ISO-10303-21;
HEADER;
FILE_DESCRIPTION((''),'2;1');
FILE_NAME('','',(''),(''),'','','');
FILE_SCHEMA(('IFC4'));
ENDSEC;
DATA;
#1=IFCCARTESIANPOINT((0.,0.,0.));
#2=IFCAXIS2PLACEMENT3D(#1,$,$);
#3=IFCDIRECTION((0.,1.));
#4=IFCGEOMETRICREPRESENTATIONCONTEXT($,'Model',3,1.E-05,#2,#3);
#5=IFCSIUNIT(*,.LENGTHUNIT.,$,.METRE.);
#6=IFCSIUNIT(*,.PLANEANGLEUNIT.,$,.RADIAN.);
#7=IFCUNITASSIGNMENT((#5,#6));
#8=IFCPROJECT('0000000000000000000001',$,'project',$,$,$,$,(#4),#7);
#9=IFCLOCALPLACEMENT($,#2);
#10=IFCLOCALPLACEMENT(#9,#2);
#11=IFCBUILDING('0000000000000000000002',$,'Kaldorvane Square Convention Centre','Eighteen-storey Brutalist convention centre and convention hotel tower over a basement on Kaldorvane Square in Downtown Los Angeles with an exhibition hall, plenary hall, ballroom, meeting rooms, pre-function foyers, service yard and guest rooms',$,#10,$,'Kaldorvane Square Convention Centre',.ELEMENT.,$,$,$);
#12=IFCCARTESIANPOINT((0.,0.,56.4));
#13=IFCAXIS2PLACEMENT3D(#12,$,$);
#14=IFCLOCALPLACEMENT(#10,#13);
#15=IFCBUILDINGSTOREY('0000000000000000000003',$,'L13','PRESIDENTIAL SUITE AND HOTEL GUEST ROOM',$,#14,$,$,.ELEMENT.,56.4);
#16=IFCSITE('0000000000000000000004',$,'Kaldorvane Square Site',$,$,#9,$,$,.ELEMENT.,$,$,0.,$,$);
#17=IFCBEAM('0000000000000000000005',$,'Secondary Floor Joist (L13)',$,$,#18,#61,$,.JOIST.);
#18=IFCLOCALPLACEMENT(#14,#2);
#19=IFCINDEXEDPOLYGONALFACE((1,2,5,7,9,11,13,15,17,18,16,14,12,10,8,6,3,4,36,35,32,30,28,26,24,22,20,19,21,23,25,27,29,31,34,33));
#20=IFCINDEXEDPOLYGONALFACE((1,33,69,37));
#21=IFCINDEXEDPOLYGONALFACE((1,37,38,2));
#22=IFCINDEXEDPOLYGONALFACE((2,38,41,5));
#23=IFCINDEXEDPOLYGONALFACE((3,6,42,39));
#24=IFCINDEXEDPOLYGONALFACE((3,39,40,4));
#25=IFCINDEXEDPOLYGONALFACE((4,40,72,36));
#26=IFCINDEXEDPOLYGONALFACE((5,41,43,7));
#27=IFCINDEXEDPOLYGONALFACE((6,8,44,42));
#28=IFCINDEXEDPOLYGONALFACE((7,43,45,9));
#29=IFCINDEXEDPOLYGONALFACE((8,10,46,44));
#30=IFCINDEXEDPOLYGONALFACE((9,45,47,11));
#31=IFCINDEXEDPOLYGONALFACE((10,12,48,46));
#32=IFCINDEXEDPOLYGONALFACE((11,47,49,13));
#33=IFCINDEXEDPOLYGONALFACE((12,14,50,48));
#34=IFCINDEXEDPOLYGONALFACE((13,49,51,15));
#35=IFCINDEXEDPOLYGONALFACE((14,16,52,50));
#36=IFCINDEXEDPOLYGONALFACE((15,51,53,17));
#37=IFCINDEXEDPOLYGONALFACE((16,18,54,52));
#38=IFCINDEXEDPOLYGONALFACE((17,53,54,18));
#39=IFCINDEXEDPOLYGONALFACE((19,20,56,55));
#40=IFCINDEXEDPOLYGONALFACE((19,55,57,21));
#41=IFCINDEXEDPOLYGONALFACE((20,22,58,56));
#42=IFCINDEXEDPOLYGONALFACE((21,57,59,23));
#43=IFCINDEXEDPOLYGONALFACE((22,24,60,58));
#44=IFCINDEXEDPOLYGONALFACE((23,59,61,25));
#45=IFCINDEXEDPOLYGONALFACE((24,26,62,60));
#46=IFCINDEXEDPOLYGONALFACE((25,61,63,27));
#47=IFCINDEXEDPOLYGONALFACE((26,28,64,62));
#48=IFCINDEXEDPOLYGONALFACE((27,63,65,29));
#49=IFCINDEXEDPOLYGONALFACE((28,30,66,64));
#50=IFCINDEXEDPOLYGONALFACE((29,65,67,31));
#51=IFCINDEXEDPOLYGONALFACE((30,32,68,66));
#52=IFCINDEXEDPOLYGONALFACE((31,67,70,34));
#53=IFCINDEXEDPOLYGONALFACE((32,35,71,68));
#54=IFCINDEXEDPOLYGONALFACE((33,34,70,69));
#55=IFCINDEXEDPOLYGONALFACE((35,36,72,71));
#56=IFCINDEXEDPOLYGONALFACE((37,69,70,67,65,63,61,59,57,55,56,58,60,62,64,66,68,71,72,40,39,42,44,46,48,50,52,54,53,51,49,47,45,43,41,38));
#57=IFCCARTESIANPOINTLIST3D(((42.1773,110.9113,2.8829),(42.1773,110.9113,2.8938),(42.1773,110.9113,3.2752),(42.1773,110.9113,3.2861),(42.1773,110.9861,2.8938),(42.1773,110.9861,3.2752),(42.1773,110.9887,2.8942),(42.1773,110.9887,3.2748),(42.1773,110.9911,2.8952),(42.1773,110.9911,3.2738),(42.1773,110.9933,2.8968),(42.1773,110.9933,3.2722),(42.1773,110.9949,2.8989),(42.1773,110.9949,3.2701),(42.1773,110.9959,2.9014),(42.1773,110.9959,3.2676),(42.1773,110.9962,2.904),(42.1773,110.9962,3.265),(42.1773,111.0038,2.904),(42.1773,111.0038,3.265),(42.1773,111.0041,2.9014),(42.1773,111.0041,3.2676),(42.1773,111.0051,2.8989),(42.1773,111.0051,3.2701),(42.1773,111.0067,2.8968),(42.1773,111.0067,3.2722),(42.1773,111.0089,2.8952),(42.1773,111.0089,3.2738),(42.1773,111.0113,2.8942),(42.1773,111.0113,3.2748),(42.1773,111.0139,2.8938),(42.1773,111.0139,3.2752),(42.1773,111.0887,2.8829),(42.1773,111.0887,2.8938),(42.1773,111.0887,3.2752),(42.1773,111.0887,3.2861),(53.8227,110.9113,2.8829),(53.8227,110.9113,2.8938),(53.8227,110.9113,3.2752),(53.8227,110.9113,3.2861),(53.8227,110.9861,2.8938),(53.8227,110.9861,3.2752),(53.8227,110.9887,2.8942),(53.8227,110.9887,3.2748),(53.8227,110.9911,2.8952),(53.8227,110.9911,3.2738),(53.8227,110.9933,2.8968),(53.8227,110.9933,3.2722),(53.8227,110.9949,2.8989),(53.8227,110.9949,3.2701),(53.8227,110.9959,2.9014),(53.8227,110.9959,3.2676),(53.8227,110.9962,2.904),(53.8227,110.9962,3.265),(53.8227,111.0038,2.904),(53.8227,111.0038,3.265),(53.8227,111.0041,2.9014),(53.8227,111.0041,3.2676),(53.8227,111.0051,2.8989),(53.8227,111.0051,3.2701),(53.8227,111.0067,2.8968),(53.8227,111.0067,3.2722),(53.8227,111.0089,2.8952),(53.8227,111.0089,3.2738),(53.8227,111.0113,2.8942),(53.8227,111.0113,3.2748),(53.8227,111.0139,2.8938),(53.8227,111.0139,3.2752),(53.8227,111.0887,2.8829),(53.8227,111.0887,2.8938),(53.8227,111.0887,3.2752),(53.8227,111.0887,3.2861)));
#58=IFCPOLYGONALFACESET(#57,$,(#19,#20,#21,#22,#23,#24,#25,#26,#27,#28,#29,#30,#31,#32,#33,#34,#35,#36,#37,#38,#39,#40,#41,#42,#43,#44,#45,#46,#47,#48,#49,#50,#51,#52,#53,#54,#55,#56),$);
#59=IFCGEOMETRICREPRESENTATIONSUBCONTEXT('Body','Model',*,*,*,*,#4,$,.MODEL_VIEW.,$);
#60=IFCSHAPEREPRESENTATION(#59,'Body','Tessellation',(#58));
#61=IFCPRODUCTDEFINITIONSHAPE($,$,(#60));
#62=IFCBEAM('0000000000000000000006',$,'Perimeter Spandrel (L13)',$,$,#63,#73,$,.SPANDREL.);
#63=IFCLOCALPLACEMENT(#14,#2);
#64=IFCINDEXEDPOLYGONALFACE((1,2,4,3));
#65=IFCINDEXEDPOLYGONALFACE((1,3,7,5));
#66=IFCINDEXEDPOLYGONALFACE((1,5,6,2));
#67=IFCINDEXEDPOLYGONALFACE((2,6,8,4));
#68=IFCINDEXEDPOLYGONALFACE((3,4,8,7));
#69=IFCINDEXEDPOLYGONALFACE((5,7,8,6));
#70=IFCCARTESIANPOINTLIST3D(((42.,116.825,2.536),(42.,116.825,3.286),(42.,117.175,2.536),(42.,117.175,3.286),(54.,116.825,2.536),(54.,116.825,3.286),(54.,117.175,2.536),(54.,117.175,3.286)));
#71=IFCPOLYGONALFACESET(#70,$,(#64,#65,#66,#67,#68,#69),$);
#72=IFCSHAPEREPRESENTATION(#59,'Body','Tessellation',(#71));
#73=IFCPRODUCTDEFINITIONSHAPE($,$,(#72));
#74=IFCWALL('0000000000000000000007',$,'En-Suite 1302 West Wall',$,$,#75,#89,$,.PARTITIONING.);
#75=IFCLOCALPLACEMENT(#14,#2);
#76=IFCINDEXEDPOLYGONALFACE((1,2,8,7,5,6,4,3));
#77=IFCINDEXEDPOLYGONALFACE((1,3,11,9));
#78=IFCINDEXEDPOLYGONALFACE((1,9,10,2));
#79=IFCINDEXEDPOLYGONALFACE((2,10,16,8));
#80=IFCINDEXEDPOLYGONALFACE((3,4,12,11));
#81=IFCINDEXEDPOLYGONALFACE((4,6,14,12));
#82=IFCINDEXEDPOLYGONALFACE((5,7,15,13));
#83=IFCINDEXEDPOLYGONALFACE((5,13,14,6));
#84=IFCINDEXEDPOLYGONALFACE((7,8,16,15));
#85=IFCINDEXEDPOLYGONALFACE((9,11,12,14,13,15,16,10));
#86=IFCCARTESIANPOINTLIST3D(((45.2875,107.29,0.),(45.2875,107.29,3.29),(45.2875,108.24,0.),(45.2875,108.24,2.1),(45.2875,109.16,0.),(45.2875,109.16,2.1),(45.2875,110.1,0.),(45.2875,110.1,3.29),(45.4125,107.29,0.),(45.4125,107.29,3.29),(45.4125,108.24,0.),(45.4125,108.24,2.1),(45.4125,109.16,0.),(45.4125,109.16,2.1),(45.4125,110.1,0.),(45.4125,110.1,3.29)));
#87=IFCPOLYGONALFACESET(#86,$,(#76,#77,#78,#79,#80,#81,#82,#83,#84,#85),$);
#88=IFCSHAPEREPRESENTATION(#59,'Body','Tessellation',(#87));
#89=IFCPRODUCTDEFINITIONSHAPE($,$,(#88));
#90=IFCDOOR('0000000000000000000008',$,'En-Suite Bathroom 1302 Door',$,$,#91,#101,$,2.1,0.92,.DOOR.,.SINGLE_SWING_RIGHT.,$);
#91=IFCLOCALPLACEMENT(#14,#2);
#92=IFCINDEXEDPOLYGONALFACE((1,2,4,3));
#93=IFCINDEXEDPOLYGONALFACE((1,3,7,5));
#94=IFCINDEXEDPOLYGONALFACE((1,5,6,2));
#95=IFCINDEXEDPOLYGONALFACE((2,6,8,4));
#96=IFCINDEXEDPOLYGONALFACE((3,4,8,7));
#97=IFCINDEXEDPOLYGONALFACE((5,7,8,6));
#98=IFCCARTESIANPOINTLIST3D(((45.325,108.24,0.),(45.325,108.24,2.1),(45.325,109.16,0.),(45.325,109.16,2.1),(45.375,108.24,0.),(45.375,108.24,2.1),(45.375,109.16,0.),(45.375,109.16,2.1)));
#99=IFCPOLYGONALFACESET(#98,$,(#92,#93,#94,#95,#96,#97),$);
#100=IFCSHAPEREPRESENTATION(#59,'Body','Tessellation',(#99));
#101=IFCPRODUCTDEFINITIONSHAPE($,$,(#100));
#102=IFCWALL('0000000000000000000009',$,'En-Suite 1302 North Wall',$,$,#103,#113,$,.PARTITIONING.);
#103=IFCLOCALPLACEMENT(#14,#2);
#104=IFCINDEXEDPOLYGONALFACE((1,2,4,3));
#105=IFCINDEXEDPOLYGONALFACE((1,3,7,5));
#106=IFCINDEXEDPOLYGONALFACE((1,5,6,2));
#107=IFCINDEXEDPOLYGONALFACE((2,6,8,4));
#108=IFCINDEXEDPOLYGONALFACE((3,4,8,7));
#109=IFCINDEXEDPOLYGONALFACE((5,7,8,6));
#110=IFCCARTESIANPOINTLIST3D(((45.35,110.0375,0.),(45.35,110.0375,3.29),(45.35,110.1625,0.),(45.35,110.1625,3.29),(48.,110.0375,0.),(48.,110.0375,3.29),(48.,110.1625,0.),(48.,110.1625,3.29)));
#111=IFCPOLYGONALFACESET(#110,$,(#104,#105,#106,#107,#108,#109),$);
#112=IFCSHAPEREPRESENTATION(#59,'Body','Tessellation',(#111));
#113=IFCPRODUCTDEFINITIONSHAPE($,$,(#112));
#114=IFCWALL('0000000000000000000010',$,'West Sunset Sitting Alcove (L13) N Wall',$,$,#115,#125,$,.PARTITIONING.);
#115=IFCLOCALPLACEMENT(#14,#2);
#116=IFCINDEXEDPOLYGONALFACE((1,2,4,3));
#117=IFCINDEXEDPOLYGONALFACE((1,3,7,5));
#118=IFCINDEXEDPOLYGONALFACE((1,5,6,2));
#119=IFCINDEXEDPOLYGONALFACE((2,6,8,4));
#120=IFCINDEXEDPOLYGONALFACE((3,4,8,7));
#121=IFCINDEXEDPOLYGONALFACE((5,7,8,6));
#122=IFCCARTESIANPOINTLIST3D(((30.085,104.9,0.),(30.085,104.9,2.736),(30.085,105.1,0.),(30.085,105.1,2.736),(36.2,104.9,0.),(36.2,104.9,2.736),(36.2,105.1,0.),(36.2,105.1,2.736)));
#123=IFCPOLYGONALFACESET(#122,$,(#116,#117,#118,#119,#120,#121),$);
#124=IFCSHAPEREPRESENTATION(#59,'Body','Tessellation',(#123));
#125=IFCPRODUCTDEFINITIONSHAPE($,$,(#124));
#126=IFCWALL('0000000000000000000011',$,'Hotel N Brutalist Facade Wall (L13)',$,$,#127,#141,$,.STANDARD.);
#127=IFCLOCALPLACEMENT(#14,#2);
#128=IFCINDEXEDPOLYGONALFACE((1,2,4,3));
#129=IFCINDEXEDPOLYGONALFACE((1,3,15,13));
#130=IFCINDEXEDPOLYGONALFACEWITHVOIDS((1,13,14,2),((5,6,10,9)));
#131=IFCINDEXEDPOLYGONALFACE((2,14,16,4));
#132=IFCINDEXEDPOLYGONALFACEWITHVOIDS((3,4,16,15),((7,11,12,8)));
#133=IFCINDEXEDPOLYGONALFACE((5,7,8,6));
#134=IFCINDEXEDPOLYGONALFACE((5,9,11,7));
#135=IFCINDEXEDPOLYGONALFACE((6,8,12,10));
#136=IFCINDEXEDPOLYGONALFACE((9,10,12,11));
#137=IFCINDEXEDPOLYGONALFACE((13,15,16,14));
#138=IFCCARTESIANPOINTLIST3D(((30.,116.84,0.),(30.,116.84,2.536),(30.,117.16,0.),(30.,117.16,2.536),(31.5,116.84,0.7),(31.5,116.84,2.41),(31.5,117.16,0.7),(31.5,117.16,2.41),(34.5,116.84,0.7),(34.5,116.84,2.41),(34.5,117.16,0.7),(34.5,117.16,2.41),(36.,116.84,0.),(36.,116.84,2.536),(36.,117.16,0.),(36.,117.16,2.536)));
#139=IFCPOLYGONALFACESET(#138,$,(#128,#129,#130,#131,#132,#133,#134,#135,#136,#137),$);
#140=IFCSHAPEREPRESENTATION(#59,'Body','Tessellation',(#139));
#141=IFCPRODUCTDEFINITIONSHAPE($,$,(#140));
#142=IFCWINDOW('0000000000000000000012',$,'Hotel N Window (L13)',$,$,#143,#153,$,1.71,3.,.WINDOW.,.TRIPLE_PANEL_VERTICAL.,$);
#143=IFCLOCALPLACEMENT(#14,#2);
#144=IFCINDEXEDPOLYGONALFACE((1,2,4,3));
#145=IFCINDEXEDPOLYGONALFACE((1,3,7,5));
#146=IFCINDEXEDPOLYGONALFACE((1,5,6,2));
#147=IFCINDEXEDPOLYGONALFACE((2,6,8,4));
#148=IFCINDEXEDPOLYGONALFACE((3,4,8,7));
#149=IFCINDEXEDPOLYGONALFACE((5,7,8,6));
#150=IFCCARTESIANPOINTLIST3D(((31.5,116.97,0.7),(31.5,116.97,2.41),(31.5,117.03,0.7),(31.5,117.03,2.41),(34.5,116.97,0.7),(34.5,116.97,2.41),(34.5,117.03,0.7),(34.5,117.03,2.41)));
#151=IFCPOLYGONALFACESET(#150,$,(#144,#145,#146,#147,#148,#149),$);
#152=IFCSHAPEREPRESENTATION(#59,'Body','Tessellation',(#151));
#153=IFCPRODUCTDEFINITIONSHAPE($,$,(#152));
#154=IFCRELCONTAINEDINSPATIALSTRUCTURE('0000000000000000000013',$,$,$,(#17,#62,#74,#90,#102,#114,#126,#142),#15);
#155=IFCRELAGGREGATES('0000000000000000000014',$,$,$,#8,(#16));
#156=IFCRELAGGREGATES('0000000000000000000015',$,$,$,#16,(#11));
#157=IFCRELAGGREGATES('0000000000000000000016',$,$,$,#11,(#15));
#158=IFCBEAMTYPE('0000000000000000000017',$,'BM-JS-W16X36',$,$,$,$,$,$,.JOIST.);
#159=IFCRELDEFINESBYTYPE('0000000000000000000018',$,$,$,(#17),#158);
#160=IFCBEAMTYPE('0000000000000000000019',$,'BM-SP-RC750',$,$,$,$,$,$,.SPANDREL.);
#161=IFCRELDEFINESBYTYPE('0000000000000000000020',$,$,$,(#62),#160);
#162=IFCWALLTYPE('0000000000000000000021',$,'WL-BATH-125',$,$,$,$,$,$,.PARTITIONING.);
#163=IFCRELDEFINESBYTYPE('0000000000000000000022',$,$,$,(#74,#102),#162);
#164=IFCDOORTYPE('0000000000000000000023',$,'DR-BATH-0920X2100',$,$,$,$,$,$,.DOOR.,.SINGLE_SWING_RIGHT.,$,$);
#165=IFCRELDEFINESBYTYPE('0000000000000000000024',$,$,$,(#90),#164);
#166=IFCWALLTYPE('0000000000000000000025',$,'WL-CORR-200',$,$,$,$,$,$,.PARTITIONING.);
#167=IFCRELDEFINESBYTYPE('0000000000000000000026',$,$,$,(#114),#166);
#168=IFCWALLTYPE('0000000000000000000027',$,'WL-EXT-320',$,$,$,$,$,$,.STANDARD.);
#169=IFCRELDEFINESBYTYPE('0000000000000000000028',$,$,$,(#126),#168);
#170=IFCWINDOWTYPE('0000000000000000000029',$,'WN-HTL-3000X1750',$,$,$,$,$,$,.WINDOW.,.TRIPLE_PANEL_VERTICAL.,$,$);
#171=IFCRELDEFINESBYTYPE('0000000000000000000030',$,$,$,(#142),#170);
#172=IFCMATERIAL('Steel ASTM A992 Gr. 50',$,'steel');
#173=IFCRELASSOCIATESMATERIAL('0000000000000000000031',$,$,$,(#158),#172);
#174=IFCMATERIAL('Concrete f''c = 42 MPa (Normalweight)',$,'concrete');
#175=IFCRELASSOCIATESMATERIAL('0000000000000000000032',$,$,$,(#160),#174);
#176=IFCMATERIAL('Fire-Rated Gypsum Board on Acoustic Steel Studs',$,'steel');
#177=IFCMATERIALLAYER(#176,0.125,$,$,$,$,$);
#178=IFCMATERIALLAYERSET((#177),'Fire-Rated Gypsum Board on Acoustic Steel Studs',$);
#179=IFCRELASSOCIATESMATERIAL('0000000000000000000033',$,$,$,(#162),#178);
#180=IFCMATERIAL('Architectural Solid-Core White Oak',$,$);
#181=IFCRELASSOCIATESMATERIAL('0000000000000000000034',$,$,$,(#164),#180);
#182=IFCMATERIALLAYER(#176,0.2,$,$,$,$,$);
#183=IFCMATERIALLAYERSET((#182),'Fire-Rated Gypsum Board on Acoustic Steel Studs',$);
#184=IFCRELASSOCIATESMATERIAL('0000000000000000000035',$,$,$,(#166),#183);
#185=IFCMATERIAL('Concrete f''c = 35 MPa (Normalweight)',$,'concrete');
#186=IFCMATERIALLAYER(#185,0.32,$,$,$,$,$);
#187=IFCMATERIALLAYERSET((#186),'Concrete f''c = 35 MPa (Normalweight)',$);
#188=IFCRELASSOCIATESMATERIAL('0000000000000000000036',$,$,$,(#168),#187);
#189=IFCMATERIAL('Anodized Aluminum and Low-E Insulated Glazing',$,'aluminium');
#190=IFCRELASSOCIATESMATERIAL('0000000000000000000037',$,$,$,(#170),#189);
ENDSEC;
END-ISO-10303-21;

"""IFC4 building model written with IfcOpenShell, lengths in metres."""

from ifc_helpers import new_model, si_unit, direction, frame, frame_2d, origin, origin_2d, place, context, subcontext, project, spatial, rectangle, i_section, extrude, material, layer, layer_set, material_profile, profile_set, type_object, element, fill, save


model = new_model("IFC4")

# Units and contexts
model_context = context("Model", 3, precision=1e-05, world=origin(), true_north=direction((0.0, 1.0)))
body_context = subcontext(model_context, "Body", "Model", "MODEL_VIEW")
ifc_project = project(units=[si_unit("LENGTHUNIT", "METRE"), si_unit("PLANEANGLEUNIT", "RADIAN")], contexts=[model_context])

# Site, building, storey
site_placement = place(None, origin())
site = spatial("IfcSite", under=ifc_project, at=site_placement, Name="Kaldorvane Square Site", CompositionType="ELEMENT", RefElevation=0.0)
building_placement = place(site_placement, origin())
building = spatial("IfcBuilding", under=site, at=building_placement, Name="Kaldorvane Square Convention Centre", Description="Eighteen-storey Brutalist convention centre and convention hotel tower over a basement on Kaldorvane Square in Downtown Los Angeles with an exhibition hall, plenary hall, ballroom, meeting rooms, pre-function foyers, service yard and guest rooms", LongName="Kaldorvane Square Convention Centre", CompositionType="ELEMENT")
storey_placement = place(building_placement, frame((0.0, 0.0, 56.4)))
storey = spatial("IfcBuildingStorey", under=building, at=storey_placement, Name="L13", Description="PRESIDENTIAL SUITE AND HOTEL GUEST ROOM", CompositionType="ELEMENT", Elevation=56.4)

# Shared definitions
ifc_material_1 = material(Name="Concrete f'c = 42 MPa (Normalweight)", Category="concrete")
ifc_material_2 = material(Name="Steel ASTM A992 Gr. 50", Category="steel")

# Beams
ifc_material_profile_1 = material_profile(ifc_material_2, i_section(OverallWidth=0.1774, OverallDepth=0.4031, WebThickness=0.0075, FlangeThickness=0.0109, FilletRadius=0.0102, at=origin_2d()), Name="W16X36")
ifc_profile_set_1 = profile_set([ifc_material_profile_1], Name="Steel ASTM A992 Gr. 50")
beam_type_1 = type_object("IfcBeamType", Name="BM-JS-W16X36", PredefinedType="JOIST", material=ifc_profile_set_1)
beam_1_placement = place(storey_placement, frame((42.1773, 111.0, 3.0845), z_axis=(1.0, 0.0, 0.0), x_axis=(0.0, 1.0, 0.0)))
element("IfcBeam", 1, at=beam_1_placement, inside=storey, type_object=beam_type_1, Name="Secondary Floor Joist (L13)", PredefinedType="JOIST", context=body_context, shape_type="SweptSolid", body=[
    extrude(i_section(OverallWidth=0.1774, OverallDepth=0.4031, WebThickness=0.0075, FlangeThickness=0.0109, FilletRadius=0.0102, at=origin_2d()), origin(), (0.0, 0.0, 1.0), 11.6454),
])
ifc_material_profile_2 = material_profile(ifc_material_1, rectangle(XDim=0.35, YDim=0.75, at=origin_2d()), Name="RCSP750X350")
ifc_profile_set_2 = profile_set([ifc_material_profile_2], Name="Concrete f'c = 42 MPa (Normalweight)")
beam_type_2 = type_object("IfcBeamType", Name="BM-SP-RC750", PredefinedType="SPANDREL", material=ifc_profile_set_2)
beam_2_placement = place(storey_placement, frame((42.0, 117.0, 2.911), z_axis=(1.0, 0.0, 0.0), x_axis=(0.0, 1.0, 0.0)))
element("IfcBeam", 2, at=beam_2_placement, inside=storey, type_object=beam_type_2, Name="Perimeter Spandrel (L13)", PredefinedType="SPANDREL", context=body_context, shape_type="SweptSolid", body=[
    extrude(rectangle(XDim=0.35, YDim=0.75, at=origin_2d()), origin(), (0.0, 0.0, 1.0), 12.0),
])

# Wall, opening, door
ifc_material_3 = material(Name="Fire-Rated Gypsum Board on Acoustic Steel Studs", Category="steel")
ifc_layer_1 = layer(ifc_material_3, 0.125)
ifc_layer_set_1 = layer_set([ifc_layer_1], Name="Fire-Rated Gypsum Board on Acoustic Steel Studs")
wall_type_1 = type_object("IfcWallType", Name="WL-BATH-125", PredefinedType="PARTITIONING", material=ifc_layer_set_1)
wall_1_placement = place(storey_placement, frame((45.35, 107.29, 0.0), z_axis=(0.0, 0.0, 1.0), x_axis=(0.0, 1.0, 0.0)))
wall_1 = element("IfcWall", 3, at=wall_1_placement, inside=storey, type_object=wall_type_1, Name="En-Suite 1302 West Wall", PredefinedType="PARTITIONING", context=body_context, shape_type="SweptSolid", body=[
    extrude(rectangle(XDim=2.81, YDim=0.125, at=frame_2d((1.405, 0.0))), origin(), (0.0, 0.0, 1.0), 3.29),
])
opening_1_placement = place(wall_1_placement, frame((0.95, 0.0, 0.0)))
opening_1 = element("IfcOpeningElement", 4, at=opening_1_placement, cuts=wall_1, PredefinedType="OPENING", context=body_context, shape_type="SweptSolid", body=[
    extrude(rectangle(XDim=0.92, YDim=2.1, at=frame_2d((0.46, 1.05))), frame((0.0, 0.0775, 0.0), z_axis=(0.0, -1.0, 0.0), x_axis=(1.0, 0.0, 0.0)), (0.0, 0.0, 1.0), 0.155),
])
ifc_material_4 = material(Name="Architectural Solid-Core White Oak")
door_type = type_object("IfcDoorType", Name="DR-BATH-0920X2100", OperationType="SINGLE_SWING_RIGHT", PredefinedType="DOOR", material=ifc_material_4)
door_placement = place(opening_1_placement, origin())
door = element("IfcDoor", 5, at=door_placement, inside=storey, type_object=door_type, Name="En-Suite Bathroom 1302 Door", OperationType="SINGLE_SWING_RIGHT", OverallHeight=2.1, OverallWidth=0.92, PredefinedType="DOOR", context=body_context, shape_type="SweptSolid", body=[
    extrude(rectangle(XDim=0.92, YDim=2.1, at=frame_2d((0.46, 1.05))), frame((0.0, 0.025, 0.0), z_axis=(0.0, -1.0, 0.0), x_axis=(1.0, 0.0, 0.0)), (0.0, 0.0, 1.0), 0.05),
])
fill(opening_1, door)

# Walls
wall_2_placement = place(storey_placement, frame((45.35, 110.1, 0.0), z_axis=(0.0, 0.0, 1.0), x_axis=(1.0, 0.0, 0.0)))
element("IfcWall", 6, at=wall_2_placement, inside=storey, type_object=wall_type_1, Name="En-Suite 1302 North Wall", PredefinedType="PARTITIONING", context=body_context, shape_type="SweptSolid", body=[
    extrude(rectangle(XDim=2.65, YDim=0.125, at=frame_2d((1.325, 0.0))), origin(), (0.0, 0.0, 1.0), 3.29),
])
ifc_layer_2 = layer(ifc_material_3, 0.2)
ifc_layer_set_2 = layer_set([ifc_layer_2], Name="Fire-Rated Gypsum Board on Acoustic Steel Studs")
wall_type_2 = type_object("IfcWallType", Name="WL-CORR-200", PredefinedType="PARTITIONING", material=ifc_layer_set_2)
wall_3_placement = place(storey_placement, frame((36.2, 105.0, 0.0), z_axis=(0.0, 0.0, 1.0), x_axis=(-1.0, 0.0, 0.0)))
element("IfcWall", 7, at=wall_3_placement, inside=storey, type_object=wall_type_2, Name="West Sunset Sitting Alcove (L13) N Wall", PredefinedType="PARTITIONING", context=body_context, shape_type="SweptSolid", body=[
    extrude(rectangle(XDim=6.115, YDim=0.2, at=frame_2d((3.0575, 0.0))), origin(), (0.0, 0.0, 1.0), 2.736),
])

# Wall, opening, window
ifc_material_5 = material(Name="Concrete f'c = 35 MPa (Normalweight)", Category="concrete")
ifc_layer_3 = layer(ifc_material_5, 0.32)
ifc_layer_set_3 = layer_set([ifc_layer_3], Name="Concrete f'c = 35 MPa (Normalweight)")
wall_type_3 = type_object("IfcWallType", Name="WL-EXT-320", PredefinedType="STANDARD", material=ifc_layer_set_3)
wall_4_placement = place(storey_placement, frame((36.0, 117.0, 0.0), z_axis=(0.0, 0.0, 1.0), x_axis=(-1.0, 0.0, 0.0)))
wall_4 = element("IfcWall", 8, at=wall_4_placement, inside=storey, type_object=wall_type_3, Name="Hotel N Brutalist Facade Wall (L13)", PredefinedType="STANDARD", context=body_context, shape_type="SweptSolid", body=[
    extrude(rectangle(XDim=6.0, YDim=0.32, at=frame_2d((3.0, 0.0))), origin(), (0.0, 0.0, 1.0), 2.536),
])
opening_2_placement = place(wall_4_placement, frame((1.5, 0.0, 0.7)))
opening_2 = element("IfcOpeningElement", 9, at=opening_2_placement, cuts=wall_4, PredefinedType="OPENING", context=body_context, shape_type="SweptSolid", body=[
    extrude(rectangle(XDim=3.0, YDim=1.71, at=frame_2d((1.5, 0.855))), frame((0.0, 0.175, 0.0), z_axis=(0.0, -1.0, 0.0), x_axis=(1.0, 0.0, 0.0)), (0.0, 0.0, 1.0), 0.35),
])
ifc_material_6 = material(Name="Anodized Aluminum and Low-E Insulated Glazing", Category="aluminium")
window_type = type_object("IfcWindowType", Name="WN-HTL-3000X1750", PartitioningType="TRIPLE_PANEL_VERTICAL", PredefinedType="WINDOW", material=ifc_material_6)
window_1_placement = place(opening_2_placement, origin())
window_1 = element("IfcWindow", 10, at=window_1_placement, inside=storey, type_object=window_type, Name="Hotel N Window (L13)", OverallHeight=1.71, OverallWidth=3.0, PartitioningType="TRIPLE_PANEL_VERTICAL", PredefinedType="WINDOW", context=body_context, shape_type="SweptSolid", body=[
    extrude(rectangle(XDim=3.0, YDim=1.71, at=frame_2d((1.5, 0.855))), frame((0.0, 0.03, 0.0), z_axis=(0.0, -1.0, 0.0), x_axis=(1.0, 0.0, 0.0)), (0.0, 0.0, 1.0), 0.06),
])
fill(opening_2, window_1)

save(model, "model.ifc")
